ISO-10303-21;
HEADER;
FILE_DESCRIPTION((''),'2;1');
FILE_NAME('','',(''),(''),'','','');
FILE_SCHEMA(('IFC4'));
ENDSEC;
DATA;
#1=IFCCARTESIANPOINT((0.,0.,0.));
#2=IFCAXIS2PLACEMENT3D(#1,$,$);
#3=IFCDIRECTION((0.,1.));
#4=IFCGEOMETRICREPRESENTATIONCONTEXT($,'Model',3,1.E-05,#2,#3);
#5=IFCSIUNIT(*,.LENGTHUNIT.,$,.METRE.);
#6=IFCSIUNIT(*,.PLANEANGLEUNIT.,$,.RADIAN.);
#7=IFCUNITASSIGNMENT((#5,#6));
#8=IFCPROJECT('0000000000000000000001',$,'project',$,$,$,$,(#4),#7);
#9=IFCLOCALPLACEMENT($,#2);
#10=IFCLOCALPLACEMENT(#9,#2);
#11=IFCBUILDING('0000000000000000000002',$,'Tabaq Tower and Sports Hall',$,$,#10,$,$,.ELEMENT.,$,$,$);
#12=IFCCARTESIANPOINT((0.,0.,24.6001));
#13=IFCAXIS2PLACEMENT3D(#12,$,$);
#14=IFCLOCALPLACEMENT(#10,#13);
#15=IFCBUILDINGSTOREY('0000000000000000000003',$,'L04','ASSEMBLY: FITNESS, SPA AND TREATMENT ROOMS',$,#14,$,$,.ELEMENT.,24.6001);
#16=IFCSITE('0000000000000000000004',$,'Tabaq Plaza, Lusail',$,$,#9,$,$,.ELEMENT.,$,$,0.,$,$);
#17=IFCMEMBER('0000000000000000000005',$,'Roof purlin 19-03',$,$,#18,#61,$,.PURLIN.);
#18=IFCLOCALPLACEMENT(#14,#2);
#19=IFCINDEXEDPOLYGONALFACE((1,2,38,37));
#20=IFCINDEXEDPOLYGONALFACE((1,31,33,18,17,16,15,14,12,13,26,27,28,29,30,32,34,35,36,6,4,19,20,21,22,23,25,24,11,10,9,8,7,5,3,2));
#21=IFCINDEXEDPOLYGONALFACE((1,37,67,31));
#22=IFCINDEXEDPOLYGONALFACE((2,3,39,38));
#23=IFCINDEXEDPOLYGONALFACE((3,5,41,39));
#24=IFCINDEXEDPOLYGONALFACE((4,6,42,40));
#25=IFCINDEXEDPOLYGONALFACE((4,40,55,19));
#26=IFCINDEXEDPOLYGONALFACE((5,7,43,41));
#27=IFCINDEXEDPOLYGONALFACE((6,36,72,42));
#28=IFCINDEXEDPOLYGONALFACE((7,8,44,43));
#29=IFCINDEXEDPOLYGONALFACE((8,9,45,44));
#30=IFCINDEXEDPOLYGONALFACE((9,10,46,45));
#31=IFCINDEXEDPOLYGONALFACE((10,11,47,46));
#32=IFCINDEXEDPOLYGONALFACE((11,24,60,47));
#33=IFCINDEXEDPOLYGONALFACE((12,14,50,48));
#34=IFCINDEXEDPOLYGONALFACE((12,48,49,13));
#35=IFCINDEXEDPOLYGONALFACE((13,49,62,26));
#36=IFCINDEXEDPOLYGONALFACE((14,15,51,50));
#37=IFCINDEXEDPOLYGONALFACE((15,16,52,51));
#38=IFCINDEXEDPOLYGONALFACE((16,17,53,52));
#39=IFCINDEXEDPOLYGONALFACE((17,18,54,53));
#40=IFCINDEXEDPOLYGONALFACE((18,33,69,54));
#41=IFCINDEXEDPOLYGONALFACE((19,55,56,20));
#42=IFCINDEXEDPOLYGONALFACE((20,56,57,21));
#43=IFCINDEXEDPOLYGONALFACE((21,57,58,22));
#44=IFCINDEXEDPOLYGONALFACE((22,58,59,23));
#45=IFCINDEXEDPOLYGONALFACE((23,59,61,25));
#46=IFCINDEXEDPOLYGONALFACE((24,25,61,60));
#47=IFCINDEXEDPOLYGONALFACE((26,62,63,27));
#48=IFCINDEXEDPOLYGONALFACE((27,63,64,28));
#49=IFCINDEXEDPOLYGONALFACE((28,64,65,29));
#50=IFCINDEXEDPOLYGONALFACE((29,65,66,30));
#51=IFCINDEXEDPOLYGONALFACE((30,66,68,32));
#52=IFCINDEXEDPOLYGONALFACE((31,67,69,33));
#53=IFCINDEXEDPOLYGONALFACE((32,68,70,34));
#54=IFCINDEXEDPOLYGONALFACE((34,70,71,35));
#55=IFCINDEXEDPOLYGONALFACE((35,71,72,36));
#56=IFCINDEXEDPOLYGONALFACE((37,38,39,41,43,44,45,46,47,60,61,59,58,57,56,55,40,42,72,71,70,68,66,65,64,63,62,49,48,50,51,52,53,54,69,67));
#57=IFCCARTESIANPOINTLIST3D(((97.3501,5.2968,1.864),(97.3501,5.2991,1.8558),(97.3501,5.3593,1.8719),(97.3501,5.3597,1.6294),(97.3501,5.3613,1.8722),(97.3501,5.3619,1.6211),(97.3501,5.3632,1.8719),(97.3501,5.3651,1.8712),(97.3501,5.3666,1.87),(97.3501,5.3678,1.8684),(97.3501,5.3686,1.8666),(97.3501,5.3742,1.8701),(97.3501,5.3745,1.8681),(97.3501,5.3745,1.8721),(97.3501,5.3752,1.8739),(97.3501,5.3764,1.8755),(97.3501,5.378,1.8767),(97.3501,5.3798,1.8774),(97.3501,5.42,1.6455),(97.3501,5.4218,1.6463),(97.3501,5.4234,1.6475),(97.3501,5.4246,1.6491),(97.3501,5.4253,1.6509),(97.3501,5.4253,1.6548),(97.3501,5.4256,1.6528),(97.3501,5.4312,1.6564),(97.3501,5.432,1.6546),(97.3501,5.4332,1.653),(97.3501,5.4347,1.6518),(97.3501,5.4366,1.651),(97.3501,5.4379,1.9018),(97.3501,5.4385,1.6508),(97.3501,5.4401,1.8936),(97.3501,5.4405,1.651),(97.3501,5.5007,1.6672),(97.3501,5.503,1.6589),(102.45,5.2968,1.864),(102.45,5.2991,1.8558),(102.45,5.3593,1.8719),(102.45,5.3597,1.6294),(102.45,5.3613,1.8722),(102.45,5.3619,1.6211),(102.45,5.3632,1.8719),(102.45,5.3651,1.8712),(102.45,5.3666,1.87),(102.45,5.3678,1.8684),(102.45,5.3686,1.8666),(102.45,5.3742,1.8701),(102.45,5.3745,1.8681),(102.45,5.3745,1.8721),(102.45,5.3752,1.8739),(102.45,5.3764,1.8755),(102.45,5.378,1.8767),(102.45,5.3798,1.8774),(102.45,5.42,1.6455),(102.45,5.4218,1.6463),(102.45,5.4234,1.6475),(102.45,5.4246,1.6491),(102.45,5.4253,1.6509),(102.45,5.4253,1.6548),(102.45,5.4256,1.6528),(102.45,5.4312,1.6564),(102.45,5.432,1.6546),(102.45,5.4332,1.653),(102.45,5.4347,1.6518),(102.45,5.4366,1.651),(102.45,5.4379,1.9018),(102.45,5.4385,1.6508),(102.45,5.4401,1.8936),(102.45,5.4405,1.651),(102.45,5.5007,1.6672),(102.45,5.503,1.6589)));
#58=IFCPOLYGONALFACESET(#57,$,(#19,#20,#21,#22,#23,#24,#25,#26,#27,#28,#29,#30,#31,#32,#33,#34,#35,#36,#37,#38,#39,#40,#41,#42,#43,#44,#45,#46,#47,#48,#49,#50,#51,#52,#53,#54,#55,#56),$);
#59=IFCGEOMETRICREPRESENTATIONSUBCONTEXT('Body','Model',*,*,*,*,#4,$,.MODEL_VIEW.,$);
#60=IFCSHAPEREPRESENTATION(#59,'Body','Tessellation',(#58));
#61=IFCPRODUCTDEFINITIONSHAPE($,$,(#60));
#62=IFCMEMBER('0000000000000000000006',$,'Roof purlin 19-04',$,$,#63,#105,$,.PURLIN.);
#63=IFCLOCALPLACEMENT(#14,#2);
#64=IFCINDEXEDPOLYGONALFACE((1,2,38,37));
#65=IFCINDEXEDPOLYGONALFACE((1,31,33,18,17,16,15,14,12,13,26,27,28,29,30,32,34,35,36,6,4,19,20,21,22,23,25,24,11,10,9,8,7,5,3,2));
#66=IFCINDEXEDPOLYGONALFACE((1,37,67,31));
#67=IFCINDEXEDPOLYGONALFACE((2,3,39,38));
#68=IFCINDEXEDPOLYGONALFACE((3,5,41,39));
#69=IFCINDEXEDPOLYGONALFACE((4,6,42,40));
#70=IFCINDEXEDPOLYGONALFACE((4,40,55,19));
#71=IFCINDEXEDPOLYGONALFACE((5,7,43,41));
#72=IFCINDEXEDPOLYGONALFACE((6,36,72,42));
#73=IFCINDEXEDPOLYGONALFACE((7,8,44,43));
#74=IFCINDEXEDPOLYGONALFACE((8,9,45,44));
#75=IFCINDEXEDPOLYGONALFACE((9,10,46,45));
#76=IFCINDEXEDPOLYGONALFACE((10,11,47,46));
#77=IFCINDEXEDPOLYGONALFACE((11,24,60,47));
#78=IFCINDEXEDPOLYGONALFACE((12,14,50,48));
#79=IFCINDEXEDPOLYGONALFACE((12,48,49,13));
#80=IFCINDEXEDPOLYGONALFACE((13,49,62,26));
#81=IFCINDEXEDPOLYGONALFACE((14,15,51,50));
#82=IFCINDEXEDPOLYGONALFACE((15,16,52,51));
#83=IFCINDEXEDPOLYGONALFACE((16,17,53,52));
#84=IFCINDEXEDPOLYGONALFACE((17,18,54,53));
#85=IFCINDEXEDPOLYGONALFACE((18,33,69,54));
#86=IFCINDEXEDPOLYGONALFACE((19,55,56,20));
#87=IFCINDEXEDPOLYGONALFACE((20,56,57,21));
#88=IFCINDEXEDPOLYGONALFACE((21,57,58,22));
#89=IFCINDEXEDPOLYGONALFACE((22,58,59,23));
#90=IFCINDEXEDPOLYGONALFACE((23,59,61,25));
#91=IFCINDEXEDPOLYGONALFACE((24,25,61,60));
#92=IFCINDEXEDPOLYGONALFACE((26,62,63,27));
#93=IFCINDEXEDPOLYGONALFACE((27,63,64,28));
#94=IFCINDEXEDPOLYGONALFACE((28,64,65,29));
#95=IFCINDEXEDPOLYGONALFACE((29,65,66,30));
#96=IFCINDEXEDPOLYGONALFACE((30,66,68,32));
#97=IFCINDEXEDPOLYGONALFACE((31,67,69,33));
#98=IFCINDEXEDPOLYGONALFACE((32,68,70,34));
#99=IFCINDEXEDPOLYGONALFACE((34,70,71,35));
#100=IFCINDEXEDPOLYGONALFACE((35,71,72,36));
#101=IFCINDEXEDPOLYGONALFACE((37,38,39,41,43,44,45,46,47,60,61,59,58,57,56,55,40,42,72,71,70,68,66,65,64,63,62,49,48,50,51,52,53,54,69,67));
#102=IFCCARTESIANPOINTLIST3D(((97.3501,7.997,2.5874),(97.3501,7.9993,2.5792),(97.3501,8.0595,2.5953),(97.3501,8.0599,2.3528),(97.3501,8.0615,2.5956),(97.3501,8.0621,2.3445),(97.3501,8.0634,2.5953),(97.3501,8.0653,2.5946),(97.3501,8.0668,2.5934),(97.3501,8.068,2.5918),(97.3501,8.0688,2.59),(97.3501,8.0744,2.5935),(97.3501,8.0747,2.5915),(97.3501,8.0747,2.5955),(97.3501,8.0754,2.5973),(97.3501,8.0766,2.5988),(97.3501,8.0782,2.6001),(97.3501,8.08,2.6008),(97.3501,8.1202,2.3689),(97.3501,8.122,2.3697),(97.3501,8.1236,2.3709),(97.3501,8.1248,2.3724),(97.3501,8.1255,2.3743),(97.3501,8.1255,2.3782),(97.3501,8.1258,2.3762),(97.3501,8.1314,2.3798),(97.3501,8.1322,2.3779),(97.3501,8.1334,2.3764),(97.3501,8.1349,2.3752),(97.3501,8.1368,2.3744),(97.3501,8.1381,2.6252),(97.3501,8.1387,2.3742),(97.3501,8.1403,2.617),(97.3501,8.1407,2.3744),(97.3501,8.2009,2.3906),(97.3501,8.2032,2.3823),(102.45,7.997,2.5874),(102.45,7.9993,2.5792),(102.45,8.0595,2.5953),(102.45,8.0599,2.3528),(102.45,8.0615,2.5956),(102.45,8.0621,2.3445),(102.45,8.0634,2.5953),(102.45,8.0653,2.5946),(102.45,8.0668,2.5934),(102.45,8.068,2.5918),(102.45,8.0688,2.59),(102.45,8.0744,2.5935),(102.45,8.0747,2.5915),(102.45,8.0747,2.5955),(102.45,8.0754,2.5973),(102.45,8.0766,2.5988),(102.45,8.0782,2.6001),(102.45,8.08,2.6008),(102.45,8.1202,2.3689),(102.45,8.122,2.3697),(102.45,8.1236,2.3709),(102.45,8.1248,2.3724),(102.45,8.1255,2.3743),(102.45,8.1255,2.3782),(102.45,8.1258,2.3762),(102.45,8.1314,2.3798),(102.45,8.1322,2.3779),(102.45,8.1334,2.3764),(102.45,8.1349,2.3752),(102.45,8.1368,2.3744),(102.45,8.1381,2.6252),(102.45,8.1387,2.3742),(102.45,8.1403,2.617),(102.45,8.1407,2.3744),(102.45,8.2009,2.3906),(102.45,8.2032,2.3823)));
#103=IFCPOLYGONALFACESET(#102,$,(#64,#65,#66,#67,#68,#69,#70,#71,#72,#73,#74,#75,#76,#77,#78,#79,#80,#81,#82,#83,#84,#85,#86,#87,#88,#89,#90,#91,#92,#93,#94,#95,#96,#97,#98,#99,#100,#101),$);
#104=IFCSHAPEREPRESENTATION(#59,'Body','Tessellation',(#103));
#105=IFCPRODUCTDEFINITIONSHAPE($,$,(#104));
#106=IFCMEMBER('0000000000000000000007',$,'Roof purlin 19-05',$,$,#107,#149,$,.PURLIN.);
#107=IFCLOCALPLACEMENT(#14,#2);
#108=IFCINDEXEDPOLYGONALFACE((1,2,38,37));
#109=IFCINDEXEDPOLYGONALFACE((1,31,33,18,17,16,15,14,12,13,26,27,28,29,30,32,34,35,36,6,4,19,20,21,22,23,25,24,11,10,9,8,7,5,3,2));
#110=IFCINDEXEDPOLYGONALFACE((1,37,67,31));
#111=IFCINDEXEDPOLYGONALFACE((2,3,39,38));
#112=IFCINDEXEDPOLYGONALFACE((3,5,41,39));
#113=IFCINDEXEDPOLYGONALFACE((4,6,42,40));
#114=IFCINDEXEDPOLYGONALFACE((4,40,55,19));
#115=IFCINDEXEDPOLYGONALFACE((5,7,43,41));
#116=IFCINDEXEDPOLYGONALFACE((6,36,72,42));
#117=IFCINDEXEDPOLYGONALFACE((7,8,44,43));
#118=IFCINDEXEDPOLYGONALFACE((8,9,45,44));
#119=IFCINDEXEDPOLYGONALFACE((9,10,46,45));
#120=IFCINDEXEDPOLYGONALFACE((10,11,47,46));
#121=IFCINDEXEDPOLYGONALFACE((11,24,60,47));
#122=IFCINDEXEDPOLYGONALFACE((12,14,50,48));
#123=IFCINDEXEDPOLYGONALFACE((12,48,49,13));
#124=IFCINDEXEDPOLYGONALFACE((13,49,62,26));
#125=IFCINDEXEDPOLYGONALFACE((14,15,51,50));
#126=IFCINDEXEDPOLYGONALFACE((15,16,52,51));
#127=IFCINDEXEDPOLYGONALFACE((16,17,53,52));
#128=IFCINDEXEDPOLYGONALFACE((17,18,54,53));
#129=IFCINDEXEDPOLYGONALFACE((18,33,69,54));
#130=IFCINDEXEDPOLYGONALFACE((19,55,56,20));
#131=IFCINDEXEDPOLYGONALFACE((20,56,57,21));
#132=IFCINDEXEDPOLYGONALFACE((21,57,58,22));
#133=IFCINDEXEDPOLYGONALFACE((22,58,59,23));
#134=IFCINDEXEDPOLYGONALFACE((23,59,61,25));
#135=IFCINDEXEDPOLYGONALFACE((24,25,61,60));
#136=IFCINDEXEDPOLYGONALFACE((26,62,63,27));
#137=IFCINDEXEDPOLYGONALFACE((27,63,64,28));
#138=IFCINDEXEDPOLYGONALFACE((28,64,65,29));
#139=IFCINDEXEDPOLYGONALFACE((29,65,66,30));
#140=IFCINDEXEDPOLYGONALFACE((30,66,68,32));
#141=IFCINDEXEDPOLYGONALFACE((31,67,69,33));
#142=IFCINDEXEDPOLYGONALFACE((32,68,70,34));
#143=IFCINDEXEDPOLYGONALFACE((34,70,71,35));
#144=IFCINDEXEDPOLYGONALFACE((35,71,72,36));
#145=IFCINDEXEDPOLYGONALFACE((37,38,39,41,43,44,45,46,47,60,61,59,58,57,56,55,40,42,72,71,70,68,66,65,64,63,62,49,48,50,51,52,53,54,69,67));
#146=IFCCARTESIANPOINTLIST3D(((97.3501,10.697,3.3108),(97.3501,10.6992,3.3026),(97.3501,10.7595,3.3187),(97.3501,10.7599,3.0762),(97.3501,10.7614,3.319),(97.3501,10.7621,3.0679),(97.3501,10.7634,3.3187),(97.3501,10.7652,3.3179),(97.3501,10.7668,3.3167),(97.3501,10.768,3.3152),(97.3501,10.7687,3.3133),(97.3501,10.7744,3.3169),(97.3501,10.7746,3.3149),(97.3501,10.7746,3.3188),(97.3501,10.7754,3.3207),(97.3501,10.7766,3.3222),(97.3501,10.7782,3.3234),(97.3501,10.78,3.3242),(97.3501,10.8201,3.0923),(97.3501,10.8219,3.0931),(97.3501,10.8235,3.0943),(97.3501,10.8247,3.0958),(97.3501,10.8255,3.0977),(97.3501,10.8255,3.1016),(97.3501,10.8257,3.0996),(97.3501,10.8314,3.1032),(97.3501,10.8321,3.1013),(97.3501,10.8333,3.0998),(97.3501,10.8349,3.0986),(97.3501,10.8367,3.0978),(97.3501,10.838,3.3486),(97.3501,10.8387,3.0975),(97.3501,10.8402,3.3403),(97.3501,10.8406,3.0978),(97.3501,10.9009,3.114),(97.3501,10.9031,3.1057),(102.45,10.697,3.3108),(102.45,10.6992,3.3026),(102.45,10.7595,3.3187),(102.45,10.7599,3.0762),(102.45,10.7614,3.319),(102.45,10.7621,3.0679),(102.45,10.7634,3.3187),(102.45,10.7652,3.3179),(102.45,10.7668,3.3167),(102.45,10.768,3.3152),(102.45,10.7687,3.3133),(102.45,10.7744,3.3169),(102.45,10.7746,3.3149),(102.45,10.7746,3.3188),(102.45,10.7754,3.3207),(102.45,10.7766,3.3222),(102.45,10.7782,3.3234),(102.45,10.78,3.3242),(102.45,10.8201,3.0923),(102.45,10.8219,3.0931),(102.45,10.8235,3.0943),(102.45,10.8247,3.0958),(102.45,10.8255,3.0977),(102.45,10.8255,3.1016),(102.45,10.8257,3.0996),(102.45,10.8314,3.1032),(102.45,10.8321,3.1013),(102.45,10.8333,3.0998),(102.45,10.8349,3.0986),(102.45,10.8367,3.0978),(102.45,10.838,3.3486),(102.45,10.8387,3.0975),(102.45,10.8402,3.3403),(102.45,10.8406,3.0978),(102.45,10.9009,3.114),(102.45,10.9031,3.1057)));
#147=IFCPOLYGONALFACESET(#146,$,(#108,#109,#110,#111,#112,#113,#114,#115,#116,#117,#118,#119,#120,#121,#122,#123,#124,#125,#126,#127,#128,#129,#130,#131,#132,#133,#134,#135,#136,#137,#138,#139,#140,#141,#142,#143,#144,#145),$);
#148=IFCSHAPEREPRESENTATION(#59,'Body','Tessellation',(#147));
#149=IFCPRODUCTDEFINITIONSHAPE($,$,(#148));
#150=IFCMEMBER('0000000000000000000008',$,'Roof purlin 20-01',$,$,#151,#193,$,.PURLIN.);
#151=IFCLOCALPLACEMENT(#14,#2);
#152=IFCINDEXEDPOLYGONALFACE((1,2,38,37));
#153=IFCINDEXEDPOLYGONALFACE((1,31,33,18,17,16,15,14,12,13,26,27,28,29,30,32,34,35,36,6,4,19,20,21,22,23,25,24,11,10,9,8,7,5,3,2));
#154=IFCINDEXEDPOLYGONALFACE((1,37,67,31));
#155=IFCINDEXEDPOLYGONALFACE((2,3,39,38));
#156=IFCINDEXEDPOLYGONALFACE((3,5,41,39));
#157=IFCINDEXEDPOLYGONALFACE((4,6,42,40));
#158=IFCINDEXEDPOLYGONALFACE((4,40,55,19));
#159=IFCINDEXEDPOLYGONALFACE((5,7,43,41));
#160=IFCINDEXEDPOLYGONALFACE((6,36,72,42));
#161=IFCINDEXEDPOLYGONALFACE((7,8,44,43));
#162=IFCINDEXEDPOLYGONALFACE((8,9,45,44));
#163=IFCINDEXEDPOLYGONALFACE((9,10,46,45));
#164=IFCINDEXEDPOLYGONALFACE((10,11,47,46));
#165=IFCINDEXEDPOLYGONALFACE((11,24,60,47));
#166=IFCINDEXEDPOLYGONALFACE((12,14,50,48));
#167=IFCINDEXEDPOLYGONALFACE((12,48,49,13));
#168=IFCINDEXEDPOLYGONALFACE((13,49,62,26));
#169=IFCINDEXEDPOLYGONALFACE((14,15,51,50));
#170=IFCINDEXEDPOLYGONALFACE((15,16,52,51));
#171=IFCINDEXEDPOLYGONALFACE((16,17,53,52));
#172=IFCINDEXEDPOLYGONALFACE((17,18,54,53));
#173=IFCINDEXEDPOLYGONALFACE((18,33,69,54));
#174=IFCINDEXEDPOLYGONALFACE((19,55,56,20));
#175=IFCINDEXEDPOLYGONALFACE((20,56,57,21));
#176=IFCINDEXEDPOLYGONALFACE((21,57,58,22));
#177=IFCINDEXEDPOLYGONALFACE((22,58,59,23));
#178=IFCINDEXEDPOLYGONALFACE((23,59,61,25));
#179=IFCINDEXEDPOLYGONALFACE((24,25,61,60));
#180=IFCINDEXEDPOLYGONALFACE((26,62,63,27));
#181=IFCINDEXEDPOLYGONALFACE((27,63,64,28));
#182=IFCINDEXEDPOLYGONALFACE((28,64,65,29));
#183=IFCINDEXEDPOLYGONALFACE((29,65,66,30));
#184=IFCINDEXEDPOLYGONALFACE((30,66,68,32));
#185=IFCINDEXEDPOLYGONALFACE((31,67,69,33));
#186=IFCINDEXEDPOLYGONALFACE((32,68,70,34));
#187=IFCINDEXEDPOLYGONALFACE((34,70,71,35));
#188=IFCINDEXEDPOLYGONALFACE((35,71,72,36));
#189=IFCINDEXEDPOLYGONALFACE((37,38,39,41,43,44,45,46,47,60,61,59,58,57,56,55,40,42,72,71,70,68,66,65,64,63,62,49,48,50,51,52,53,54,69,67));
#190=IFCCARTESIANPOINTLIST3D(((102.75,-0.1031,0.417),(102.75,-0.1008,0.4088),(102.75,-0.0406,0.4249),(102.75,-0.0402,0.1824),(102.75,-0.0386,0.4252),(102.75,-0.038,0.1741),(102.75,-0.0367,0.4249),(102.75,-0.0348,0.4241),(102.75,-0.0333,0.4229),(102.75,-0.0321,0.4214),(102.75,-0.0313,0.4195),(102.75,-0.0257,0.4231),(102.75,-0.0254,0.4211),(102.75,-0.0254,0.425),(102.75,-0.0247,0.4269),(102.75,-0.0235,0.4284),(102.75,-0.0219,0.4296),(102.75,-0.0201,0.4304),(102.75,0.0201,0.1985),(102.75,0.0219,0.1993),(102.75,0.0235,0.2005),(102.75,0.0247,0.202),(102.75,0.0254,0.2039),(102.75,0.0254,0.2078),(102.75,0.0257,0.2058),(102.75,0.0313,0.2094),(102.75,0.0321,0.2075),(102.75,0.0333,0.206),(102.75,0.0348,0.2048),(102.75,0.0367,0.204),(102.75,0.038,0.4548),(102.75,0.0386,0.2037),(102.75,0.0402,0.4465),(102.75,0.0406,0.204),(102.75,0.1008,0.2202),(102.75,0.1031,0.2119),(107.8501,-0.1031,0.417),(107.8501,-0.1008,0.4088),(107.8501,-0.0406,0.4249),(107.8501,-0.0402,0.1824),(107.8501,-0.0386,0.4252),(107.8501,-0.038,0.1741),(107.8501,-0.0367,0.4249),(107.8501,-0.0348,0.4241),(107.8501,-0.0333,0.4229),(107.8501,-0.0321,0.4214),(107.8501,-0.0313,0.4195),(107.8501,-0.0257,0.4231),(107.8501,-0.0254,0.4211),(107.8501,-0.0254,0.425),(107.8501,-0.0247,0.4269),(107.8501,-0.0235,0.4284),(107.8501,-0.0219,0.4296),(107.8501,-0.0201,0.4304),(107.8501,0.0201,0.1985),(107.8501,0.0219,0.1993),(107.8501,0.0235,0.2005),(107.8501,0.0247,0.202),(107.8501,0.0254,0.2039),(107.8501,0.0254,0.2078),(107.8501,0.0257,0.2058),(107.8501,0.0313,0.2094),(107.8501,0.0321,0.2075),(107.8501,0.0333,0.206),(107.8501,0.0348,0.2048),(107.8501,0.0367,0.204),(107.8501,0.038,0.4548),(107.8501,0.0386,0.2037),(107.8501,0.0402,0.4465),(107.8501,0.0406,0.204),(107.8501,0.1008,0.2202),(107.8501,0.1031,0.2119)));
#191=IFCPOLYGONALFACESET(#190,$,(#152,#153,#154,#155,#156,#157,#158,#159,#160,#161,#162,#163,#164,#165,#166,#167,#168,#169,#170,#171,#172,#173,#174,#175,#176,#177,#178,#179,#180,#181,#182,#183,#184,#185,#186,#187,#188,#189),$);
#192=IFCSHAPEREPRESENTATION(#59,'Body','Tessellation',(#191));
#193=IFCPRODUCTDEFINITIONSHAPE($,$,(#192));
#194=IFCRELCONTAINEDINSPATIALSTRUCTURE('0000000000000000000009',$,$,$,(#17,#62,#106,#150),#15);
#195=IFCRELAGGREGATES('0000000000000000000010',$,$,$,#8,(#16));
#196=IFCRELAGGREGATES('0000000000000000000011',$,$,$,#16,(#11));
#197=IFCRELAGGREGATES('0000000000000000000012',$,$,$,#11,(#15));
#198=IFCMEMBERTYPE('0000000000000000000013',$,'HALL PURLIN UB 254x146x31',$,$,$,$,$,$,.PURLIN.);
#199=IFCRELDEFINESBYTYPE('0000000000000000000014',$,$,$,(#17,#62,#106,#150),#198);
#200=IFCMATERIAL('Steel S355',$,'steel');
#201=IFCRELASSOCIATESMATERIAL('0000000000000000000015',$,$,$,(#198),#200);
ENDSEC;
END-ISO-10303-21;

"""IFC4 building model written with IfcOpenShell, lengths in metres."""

from ifc_helpers import new_model, si_unit, direction, frame, origin, origin_2d, place, context, subcontext, project, spatial, i_section, extrude, material, material_profile, profile_set, type_object, element, save


model = new_model("IFC4")

# Units and contexts
model_context = context("Model", 3, precision=1e-05, world=origin(), true_north=direction((0.0, 1.0)))
body_context = subcontext(model_context, "Body", "Model", "MODEL_VIEW")
ifc_project = project(units=[si_unit("LENGTHUNIT", "METRE"), si_unit("PLANEANGLEUNIT", "RADIAN")], contexts=[model_context])

# Site, building, storey
site_placement = place(None, origin())
site = spatial("IfcSite", under=ifc_project, at=site_placement, Name="Tabaq Plaza, Lusail", CompositionType="ELEMENT", RefElevation=0.0)
building_placement = place(site_placement, origin())
building = spatial("IfcBuilding", under=site, at=building_placement, Name="Tabaq Tower and Sports Hall", CompositionType="ELEMENT")
storey_placement = place(building_placement, frame((0.0, 0.0, 24.6001)))
storey = spatial("IfcBuildingStorey", under=building, at=storey_placement, Name="L04", Description="ASSEMBLY: FITNESS, SPA AND TREATMENT ROOMS", CompositionType="ELEMENT", Elevation=24.6001)

# Members
ifc_material_1 = material(Name="Steel S355", Category="steel")
ifc_material_profile_1 = material_profile(ifc_material_1, i_section(OverallWidth=0.146, OverallDepth=0.2515, WebThickness=0.0061, FlangeThickness=0.0085, FilletRadius=0.0076, at=origin_2d()), Name="UB 254x146x31")
ifc_profile_set_1 = profile_set([ifc_material_profile_1], Name="Steel S355")
member_type_1 = type_object("IfcMemberType", Name="HALL PURLIN UB 254x146x31", PredefinedType="PURLIN", material=ifc_profile_set_1)
for number, where, z_axis, x_axis, name in (
    (1, (97.3501, 5.3999, 1.7615), (1.0, 0.0, 0.0), (0.0, 0.965926, 0.258819), "Roof purlin 19-03"),
    (2, (97.3501, 8.1001, 2.4849), (1.0, 0.0, 0.0), (0.0, 0.965926, 0.258819), "Roof purlin 19-04"),
    (3, (97.3501, 10.8, 3.2083), (1.0, 0.0, 0.0), (0.0, 0.965926, 0.258819), "Roof purlin 19-05"),
):
    element("IfcMember", number, at=place(storey_placement, frame(where, z_axis=z_axis, x_axis=x_axis)), inside=storey, type_object=member_type_1, Name=name, PredefinedType="PURLIN", context=body_context, shape_type="SweptSolid", body=[
        extrude(i_section(OverallWidth=0.146, OverallDepth=0.2515, WebThickness=0.0061, FlangeThickness=0.0085, FilletRadius=0.0076, at=origin_2d()), origin(), (0.0, 0.0, 1.0), 5.0999),
    ])
for number, where, z_axis, x_axis, name in (
    (4, (102.75, 0.0, 0.3145), (1.0, 0.0, 0.0), (0.0, 0.965926, 0.258819), "Roof purlin 20-01"),
):
    element("IfcMember", number, at=place(storey_placement, frame(where, z_axis=z_axis, x_axis=x_axis)), inside=storey, type_object=member_type_1, Name=name, PredefinedType="PURLIN", context=body_context, shape_type="SweptSolid", body=[
        extrude(i_section(OverallWidth=0.146, OverallDepth=0.2515, WebThickness=0.0061, FlangeThickness=0.0085, FilletRadius=0.0076, at=origin_2d()), origin(), (0.0, 0.0, 1.0), 5.1001),
    ])

save(model, "model.ifc")
